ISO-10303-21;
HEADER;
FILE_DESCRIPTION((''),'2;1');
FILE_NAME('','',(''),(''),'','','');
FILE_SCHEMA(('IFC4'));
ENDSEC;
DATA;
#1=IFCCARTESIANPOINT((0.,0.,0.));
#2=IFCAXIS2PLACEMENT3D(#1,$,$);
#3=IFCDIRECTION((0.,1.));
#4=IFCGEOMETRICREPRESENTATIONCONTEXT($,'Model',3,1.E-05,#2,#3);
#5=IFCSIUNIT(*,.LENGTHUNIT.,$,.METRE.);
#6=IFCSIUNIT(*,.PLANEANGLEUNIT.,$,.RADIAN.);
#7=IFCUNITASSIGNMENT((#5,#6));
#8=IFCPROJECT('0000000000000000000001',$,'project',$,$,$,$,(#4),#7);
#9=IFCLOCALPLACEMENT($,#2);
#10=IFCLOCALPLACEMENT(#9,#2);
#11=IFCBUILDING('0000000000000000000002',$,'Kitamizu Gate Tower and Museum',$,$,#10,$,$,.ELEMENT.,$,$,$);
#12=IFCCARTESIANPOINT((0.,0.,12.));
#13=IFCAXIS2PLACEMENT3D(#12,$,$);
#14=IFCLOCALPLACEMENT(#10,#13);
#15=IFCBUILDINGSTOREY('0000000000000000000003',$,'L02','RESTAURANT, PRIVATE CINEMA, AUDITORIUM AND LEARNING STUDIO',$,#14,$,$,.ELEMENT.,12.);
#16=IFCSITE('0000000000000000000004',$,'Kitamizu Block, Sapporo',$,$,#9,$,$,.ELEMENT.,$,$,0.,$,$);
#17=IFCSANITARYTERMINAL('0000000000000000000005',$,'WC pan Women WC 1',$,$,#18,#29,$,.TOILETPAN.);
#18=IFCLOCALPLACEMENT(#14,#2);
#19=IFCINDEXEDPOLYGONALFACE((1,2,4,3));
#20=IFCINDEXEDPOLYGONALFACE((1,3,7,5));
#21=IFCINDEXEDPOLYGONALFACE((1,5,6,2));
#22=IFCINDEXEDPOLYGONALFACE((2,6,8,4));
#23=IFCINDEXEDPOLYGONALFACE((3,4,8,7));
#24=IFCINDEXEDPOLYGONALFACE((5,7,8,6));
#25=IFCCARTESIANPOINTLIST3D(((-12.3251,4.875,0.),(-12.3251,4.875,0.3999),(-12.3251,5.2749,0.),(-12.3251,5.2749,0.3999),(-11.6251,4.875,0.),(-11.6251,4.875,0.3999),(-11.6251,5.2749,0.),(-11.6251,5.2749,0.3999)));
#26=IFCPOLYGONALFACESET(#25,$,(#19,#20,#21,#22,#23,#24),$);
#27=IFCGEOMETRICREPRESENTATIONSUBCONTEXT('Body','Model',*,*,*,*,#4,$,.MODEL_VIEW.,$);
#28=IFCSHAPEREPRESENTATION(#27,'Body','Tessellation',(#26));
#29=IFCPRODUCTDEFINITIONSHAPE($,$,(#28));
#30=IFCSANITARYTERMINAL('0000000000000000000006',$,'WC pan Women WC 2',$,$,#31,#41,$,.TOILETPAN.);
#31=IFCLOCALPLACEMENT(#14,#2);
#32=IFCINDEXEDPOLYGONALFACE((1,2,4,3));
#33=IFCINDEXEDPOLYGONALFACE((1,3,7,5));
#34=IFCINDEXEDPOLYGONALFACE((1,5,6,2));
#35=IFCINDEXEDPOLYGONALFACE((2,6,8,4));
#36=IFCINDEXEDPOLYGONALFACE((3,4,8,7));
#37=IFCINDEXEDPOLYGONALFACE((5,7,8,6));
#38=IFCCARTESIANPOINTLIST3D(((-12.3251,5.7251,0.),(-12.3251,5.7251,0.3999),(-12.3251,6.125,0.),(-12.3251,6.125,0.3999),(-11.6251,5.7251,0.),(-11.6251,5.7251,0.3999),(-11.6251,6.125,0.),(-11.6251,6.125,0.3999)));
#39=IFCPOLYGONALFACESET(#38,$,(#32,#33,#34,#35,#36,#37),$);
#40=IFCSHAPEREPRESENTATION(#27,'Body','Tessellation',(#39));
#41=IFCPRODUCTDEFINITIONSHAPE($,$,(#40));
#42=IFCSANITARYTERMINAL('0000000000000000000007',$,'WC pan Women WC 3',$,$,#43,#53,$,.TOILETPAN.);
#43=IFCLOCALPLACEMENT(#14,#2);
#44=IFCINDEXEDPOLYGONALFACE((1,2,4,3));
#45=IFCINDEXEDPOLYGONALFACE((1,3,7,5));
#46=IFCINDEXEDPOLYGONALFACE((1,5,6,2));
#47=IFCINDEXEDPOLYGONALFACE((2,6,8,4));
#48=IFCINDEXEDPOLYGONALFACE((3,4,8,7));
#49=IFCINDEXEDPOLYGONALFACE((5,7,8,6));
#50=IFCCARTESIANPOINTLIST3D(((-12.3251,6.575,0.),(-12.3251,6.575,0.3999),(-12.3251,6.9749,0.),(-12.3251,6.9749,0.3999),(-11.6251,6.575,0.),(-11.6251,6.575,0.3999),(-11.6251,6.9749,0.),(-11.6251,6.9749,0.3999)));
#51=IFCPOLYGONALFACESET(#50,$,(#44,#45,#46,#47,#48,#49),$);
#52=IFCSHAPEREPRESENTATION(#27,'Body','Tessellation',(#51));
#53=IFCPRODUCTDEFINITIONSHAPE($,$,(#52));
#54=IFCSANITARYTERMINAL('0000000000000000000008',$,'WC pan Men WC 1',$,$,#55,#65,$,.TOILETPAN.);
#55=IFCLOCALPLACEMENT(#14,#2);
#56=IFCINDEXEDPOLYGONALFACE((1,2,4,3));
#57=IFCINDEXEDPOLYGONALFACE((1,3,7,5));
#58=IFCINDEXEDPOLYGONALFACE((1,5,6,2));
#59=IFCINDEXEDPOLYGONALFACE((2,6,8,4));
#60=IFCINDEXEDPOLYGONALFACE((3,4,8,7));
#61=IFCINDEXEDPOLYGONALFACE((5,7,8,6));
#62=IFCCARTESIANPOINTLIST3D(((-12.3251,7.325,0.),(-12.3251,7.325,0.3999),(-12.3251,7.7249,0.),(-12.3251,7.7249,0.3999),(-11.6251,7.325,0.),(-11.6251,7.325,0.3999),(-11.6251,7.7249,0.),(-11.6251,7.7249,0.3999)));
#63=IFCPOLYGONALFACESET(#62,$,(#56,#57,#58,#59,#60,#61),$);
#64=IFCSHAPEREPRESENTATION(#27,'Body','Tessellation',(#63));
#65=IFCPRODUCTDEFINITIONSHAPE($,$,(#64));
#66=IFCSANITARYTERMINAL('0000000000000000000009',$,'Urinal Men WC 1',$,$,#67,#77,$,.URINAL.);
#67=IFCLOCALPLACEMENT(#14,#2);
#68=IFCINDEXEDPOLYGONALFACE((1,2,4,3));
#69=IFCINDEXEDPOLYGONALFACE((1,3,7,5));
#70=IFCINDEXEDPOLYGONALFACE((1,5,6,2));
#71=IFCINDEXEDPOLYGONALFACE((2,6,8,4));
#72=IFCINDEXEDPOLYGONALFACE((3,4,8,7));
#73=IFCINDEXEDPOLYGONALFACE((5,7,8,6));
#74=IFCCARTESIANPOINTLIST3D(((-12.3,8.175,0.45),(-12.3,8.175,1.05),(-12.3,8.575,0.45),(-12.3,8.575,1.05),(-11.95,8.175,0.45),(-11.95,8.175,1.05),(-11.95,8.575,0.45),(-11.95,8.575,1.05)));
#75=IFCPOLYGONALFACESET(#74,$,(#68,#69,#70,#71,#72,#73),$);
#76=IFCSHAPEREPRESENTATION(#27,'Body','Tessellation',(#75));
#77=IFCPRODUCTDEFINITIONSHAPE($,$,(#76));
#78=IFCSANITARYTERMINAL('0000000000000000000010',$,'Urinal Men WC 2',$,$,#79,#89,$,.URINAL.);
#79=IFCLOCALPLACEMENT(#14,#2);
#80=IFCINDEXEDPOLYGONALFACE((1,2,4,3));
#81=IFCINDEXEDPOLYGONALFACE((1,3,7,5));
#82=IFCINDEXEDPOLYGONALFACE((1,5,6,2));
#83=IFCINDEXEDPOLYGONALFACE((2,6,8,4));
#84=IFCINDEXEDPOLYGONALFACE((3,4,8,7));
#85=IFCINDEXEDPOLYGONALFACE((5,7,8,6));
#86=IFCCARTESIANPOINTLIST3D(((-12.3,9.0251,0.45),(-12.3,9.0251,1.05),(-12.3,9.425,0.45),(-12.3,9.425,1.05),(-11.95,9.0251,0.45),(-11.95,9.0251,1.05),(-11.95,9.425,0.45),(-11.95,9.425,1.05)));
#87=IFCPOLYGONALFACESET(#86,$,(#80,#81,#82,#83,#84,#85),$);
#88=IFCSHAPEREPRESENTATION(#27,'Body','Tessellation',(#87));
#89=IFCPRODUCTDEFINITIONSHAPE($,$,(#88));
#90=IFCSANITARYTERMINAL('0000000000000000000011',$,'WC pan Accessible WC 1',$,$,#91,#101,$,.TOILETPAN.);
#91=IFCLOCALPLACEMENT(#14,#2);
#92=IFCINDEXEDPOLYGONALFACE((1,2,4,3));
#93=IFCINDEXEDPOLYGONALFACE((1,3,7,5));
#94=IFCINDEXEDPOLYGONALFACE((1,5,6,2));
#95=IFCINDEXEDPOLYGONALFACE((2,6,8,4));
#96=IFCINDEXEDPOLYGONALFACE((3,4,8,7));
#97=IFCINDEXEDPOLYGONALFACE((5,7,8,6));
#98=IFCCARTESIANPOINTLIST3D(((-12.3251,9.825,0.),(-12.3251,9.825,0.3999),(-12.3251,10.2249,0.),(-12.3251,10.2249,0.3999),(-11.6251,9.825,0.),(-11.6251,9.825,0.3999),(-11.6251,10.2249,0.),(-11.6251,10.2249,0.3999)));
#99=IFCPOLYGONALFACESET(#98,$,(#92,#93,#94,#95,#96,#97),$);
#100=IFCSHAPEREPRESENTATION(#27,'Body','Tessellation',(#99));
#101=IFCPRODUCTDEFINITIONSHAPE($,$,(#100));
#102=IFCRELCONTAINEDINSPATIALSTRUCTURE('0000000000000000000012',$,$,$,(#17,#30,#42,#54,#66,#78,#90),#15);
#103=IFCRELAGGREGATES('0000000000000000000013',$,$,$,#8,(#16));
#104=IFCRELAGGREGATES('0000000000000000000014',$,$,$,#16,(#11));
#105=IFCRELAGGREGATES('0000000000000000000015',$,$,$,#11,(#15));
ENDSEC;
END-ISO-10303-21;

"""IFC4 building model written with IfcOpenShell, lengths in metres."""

from ifc_helpers import new_model, si_unit, direction, frame, origin, origin_2d, place, context, subcontext, project, spatial, rectangle, extrude, element, save


model = new_model("IFC4")

# Units and contexts
model_context = context("Model", 3, precision=1e-05, world=origin(), true_north=direction((0.0, 1.0)))
body_context = subcontext(model_context, "Body", "Model", "MODEL_VIEW")
ifc_project = project(units=[si_unit("LENGTHUNIT", "METRE"), si_unit("PLANEANGLEUNIT", "RADIAN")], contexts=[model_context])

# Site, building, storey
site_placement = place(None, origin())
site = spatial("IfcSite", under=ifc_project, at=site_placement, Name="Kitamizu Block, Sapporo", CompositionType="ELEMENT", RefElevation=0.0)
building_placement = place(site_placement, origin())
building = spatial("IfcBuilding", under=site, at=building_placement, Name="Kitamizu Gate Tower and Museum", CompositionType="ELEMENT")
storey_placement = place(building_placement, frame((0.0, 0.0, 12.0)))
storey = spatial("IfcBuildingStorey", under=building, at=storey_placement, Name="L02", Description="RESTAURANT, PRIVATE CINEMA, AUDITORIUM AND LEARNING STUDIO", CompositionType="ELEMENT", Elevation=12.0)

# Sanitary terminals
for number, where, z_axis, x_axis, name in (
    (1, (-11.9751, 5.075, 0.0), (0.0, 0.0, 1.0), (1.0, 0.0, 0.0), "WC pan Women WC 1"),
    (2, (-11.9751, 5.925, 0.0), (0.0, 0.0, 1.0), (1.0, 0.0, 0.0), "WC pan Women WC 2"),
    (3, (-11.9751, 6.7749, 0.0), (0.0, 0.0, 1.0), (1.0, 0.0, 0.0), "WC pan Women WC 3"),
    (4, (-11.9751, 7.5249, 0.0), (0.0, 0.0, 1.0), (1.0, 0.0, 0.0), "WC pan Men WC 1"),
):
    element("IfcSanitaryTerminal", number, at=place(storey_placement, frame(where, z_axis=z_axis, x_axis=x_axis)), inside=storey, Name=name, PredefinedType="TOILETPAN", context=body_context, shape_type="SweptSolid", body=[
        extrude(rectangle(XDim=0.7, YDim=0.3999, at=origin_2d()), origin(), (0.0, 0.0, 1.0), 0.3999),
    ])
for number, where, z_axis, x_axis, name in (
    (5, (-12.125, 8.375, 0.45), (0.0, 0.0, 1.0), (1.0, 0.0, 0.0), "Urinal Men WC 1"),
    (6, (-12.125, 9.2251, 0.45), (0.0, 0.0, 1.0), (1.0, 0.0, 0.0), "Urinal Men WC 2"),
):
    element("IfcSanitaryTerminal", number, at=place(storey_placement, frame(where, z_axis=z_axis, x_axis=x_axis)), inside=storey, Name=name, PredefinedType="URINAL", context=body_context, shape_type="SweptSolid", body=[
        extrude(rectangle(XDim=0.3501, YDim=0.3999, at=origin_2d()), origin(), (0.0, 0.0, 1.0), 0.6001),
    ])
sanitary_terminal_placement = place(storey_placement, frame((-11.9751, 10.0249, 0.0), z_axis=(0.0, 0.0, 1.0), x_axis=(1.0, 0.0, 0.0)))
element("IfcSanitaryTerminal", 7, at=sanitary_terminal_placement, inside=storey, Name="WC pan Accessible WC 1", PredefinedType="TOILETPAN", context=body_context, shape_type="SweptSolid", body=[
    extrude(rectangle(XDim=0.7, YDim=0.3999, at=origin_2d()), origin(), (0.0, 0.0, 1.0), 0.3999),
])

save(model, "model.ifc")
